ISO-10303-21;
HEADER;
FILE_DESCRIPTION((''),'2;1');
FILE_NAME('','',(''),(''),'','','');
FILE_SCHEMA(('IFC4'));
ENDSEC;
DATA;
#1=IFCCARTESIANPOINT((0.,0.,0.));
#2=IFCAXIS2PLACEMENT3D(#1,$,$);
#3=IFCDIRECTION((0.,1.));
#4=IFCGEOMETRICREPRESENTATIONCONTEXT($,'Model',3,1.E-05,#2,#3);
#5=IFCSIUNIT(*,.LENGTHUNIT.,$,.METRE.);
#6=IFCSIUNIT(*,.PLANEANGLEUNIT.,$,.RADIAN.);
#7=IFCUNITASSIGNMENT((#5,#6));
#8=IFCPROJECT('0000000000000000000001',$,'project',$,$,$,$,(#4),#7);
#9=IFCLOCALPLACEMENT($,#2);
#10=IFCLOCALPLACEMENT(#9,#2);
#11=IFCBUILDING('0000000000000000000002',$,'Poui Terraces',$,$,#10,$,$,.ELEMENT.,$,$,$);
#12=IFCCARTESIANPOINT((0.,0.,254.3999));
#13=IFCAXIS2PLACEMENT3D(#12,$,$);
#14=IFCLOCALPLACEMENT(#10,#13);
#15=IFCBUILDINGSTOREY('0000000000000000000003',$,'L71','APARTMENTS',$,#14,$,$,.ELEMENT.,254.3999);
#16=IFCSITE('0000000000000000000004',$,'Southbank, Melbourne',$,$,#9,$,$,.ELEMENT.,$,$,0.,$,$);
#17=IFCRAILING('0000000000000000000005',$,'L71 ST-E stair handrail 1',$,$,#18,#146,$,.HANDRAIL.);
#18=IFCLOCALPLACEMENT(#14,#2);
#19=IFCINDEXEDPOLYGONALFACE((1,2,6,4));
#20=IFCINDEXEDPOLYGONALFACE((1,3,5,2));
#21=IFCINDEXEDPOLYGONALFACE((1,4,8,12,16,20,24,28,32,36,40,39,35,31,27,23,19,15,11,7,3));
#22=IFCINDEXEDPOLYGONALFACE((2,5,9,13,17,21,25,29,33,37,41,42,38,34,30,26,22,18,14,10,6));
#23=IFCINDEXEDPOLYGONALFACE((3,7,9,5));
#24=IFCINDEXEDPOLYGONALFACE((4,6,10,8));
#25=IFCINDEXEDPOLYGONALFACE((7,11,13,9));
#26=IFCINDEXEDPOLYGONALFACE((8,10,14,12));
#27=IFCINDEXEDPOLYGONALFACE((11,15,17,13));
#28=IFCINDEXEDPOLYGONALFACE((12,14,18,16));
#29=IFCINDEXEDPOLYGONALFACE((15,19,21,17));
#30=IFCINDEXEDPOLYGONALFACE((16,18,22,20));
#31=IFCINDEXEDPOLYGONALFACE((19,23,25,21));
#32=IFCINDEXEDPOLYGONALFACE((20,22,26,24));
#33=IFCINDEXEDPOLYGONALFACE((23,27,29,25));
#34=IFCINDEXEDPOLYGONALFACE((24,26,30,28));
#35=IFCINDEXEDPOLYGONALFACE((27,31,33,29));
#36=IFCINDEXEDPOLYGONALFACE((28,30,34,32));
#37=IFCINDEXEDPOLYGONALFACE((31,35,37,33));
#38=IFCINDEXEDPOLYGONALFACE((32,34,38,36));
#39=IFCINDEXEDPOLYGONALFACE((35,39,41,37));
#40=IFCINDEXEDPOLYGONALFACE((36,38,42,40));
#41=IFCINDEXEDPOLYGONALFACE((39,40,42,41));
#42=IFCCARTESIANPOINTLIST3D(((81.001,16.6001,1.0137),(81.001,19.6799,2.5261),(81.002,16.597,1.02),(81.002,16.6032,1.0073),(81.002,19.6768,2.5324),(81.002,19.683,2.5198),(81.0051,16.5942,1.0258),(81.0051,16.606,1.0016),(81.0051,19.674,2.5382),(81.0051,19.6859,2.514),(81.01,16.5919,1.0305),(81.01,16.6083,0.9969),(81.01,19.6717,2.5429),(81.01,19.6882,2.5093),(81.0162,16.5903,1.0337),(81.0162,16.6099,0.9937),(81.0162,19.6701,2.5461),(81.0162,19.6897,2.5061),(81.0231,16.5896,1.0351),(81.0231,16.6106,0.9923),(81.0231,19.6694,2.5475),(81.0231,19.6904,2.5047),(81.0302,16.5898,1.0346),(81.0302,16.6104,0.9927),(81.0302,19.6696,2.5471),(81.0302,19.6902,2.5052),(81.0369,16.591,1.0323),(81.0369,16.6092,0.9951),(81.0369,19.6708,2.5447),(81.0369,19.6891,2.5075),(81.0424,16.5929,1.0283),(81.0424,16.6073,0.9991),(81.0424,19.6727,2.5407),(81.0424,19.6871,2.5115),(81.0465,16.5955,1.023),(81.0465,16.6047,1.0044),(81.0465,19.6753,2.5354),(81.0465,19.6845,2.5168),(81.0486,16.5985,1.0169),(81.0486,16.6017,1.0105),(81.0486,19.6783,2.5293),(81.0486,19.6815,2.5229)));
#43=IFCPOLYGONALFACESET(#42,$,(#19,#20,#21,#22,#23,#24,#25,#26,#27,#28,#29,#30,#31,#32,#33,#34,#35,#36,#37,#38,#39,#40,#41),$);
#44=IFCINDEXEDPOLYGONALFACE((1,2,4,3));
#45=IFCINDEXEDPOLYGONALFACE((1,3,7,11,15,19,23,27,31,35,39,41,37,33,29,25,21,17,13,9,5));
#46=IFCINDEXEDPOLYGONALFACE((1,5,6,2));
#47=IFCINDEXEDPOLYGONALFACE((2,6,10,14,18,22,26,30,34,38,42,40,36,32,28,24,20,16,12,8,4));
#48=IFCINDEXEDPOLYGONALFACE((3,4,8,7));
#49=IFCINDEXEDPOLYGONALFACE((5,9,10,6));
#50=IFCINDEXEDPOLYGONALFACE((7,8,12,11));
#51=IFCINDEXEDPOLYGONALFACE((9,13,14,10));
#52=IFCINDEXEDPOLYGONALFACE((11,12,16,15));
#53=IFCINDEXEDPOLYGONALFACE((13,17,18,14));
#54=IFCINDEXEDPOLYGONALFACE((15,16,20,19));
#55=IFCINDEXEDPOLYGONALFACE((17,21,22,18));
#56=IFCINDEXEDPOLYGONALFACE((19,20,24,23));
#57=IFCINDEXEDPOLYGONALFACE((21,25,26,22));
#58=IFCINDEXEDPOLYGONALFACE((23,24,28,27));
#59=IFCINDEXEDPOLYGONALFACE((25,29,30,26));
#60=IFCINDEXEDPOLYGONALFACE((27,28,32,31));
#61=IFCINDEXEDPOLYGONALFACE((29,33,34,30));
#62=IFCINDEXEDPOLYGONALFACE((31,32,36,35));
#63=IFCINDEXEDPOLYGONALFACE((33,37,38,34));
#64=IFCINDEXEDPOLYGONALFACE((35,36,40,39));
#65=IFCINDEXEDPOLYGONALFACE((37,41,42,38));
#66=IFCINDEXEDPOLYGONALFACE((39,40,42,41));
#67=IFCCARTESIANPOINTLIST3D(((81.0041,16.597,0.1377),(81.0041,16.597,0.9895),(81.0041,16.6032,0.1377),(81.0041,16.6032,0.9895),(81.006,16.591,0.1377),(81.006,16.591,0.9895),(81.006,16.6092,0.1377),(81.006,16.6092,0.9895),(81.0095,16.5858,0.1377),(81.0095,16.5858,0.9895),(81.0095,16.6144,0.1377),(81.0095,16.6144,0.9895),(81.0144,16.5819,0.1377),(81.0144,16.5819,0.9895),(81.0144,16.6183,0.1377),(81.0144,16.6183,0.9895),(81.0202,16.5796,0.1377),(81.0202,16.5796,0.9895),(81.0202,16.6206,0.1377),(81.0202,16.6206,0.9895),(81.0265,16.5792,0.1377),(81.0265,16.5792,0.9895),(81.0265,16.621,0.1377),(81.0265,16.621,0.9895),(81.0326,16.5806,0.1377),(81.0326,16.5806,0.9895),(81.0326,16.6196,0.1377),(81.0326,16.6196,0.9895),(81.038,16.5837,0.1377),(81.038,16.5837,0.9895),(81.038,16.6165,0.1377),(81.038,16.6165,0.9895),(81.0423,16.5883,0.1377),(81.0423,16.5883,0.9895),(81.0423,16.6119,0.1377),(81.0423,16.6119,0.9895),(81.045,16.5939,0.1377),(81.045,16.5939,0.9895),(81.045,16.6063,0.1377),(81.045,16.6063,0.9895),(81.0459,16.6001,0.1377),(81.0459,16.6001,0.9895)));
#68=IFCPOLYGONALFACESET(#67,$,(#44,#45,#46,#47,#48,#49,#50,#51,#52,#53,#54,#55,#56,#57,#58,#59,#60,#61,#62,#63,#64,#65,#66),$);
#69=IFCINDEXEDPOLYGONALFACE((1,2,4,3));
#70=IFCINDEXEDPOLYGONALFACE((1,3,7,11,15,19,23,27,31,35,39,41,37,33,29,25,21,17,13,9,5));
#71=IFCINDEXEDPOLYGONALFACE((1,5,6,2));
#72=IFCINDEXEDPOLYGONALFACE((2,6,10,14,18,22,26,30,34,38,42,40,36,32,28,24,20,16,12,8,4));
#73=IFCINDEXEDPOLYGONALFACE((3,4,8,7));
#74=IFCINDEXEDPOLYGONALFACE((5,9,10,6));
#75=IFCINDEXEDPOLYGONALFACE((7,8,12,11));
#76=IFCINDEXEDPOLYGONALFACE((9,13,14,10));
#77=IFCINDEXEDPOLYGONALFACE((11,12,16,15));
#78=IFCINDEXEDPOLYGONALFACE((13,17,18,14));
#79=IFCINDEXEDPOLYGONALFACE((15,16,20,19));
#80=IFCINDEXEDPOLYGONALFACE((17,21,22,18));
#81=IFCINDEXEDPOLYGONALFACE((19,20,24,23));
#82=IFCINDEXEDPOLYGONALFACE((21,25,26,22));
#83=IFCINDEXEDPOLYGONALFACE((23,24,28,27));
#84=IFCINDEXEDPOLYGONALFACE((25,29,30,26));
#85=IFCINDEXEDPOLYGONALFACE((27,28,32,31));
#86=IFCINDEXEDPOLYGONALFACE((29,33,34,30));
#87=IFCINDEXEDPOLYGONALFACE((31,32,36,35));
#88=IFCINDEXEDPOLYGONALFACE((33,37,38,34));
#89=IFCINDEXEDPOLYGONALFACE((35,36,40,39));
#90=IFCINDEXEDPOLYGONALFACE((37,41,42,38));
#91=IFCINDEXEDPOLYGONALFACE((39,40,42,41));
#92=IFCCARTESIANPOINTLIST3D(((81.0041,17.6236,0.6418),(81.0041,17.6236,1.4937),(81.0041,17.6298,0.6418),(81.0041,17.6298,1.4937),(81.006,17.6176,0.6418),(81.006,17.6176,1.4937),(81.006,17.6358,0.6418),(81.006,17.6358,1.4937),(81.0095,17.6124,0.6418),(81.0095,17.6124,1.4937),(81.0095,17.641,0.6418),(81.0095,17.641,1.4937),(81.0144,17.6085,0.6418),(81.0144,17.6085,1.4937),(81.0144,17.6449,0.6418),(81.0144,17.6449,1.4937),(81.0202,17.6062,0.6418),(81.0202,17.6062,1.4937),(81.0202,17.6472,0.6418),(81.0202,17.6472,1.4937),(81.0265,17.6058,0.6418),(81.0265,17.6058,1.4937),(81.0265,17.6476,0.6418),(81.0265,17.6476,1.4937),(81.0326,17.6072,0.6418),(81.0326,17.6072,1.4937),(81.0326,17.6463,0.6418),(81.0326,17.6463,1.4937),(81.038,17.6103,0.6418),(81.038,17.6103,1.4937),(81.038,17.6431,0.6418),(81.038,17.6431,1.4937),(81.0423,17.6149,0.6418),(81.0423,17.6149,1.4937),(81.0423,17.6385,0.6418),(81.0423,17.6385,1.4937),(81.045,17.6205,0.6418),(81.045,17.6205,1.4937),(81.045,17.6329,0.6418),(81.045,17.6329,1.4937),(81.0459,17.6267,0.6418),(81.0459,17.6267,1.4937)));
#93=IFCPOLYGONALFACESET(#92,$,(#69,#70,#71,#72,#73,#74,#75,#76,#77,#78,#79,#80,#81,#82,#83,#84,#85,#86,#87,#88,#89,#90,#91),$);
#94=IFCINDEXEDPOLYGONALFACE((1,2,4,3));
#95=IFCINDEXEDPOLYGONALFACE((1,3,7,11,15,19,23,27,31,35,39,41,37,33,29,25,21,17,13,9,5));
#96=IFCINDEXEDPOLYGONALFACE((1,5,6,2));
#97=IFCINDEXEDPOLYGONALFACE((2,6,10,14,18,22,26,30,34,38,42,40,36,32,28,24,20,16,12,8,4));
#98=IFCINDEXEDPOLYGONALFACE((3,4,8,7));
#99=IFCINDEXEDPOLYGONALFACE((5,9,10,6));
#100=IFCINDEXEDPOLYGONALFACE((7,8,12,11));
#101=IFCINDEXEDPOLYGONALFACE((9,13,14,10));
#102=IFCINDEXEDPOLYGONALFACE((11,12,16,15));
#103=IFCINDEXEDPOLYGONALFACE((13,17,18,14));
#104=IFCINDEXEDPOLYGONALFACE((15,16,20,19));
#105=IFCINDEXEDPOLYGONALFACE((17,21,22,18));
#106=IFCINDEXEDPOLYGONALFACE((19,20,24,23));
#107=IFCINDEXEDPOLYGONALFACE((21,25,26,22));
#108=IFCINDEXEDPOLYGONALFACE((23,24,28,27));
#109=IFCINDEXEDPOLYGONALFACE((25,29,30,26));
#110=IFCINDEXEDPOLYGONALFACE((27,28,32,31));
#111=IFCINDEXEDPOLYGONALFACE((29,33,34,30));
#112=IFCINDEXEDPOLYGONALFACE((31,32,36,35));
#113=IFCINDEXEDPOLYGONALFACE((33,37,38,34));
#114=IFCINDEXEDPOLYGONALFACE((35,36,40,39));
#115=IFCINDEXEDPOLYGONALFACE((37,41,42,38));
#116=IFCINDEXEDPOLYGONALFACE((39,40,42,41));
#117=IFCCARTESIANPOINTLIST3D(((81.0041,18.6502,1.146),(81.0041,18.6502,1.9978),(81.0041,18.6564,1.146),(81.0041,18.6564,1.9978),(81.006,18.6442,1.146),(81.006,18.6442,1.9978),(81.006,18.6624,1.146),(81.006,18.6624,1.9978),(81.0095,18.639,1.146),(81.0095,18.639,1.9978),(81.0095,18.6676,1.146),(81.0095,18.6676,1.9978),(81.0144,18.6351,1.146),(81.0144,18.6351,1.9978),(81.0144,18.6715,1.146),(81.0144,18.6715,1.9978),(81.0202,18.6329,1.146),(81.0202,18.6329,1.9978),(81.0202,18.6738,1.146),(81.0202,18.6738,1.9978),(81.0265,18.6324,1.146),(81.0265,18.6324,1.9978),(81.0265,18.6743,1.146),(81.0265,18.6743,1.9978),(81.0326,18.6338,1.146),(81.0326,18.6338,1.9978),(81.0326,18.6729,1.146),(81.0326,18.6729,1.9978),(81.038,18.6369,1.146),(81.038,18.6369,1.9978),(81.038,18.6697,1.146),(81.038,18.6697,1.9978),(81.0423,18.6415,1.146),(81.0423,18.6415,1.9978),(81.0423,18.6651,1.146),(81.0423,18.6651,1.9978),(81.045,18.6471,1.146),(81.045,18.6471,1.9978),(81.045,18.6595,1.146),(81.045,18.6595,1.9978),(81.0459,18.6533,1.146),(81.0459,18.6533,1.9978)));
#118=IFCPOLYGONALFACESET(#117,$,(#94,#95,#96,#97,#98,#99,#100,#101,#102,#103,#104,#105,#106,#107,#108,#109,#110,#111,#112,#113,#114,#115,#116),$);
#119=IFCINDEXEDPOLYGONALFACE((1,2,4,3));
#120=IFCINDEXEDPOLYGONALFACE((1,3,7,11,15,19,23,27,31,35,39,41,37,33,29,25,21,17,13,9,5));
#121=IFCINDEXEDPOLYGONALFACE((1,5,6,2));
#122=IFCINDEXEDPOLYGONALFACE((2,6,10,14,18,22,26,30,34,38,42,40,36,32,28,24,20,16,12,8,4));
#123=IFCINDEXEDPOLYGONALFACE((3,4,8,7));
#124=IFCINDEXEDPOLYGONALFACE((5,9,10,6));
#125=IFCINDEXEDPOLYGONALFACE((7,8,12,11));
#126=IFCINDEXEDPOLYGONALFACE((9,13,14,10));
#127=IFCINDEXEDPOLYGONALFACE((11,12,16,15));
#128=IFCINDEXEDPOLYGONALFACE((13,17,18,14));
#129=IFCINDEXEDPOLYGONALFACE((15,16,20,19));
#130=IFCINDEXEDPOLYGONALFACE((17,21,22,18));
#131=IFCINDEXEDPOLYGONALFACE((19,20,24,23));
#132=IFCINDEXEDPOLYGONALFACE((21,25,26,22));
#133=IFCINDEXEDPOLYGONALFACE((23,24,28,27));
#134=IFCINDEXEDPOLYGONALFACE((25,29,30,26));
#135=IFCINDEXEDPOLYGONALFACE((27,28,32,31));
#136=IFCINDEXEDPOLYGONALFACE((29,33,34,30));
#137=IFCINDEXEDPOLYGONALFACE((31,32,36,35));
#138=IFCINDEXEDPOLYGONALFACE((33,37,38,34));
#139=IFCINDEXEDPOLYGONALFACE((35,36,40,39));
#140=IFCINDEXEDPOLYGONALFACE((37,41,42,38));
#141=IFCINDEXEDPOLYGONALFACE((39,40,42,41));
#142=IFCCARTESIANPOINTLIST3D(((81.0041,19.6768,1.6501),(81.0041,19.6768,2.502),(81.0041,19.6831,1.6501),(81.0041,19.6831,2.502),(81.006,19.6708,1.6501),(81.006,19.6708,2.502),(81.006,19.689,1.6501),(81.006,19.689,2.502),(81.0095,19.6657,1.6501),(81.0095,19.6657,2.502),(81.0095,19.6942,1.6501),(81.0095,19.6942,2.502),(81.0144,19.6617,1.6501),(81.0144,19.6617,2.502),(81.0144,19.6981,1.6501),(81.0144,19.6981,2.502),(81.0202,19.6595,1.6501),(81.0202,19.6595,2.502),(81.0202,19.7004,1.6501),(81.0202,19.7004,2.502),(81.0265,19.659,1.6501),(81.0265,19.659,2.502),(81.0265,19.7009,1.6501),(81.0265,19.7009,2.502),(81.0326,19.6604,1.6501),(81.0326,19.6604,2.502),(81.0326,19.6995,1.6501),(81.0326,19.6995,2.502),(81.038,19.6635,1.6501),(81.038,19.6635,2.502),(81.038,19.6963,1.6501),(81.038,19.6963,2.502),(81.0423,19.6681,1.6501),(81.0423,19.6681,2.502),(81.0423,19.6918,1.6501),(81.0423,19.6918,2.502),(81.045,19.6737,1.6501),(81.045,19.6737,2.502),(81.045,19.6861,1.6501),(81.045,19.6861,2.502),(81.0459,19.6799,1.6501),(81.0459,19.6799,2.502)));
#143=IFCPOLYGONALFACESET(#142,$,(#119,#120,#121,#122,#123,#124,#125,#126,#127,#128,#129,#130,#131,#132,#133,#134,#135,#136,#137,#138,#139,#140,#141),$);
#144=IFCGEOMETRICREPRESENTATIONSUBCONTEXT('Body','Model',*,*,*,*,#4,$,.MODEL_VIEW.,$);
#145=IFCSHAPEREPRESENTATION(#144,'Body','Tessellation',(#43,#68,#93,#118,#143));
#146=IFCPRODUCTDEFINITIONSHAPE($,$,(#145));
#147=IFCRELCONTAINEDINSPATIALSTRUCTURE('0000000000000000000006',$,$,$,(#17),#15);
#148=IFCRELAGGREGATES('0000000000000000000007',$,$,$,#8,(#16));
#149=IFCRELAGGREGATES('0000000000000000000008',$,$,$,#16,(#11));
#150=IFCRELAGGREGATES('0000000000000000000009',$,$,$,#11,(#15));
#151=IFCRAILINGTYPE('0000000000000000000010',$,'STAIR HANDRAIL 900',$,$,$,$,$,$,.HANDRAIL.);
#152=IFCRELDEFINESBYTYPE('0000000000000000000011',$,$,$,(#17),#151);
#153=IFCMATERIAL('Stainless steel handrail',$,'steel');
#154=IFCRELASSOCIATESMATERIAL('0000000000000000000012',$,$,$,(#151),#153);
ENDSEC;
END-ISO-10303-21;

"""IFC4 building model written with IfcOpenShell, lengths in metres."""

from ifc_helpers import new_model, si_unit, direction, frame, origin, origin_2d, place, context, subcontext, project, spatial, circle, extrude, material, type_object, element, save


model = new_model("IFC4")

# Units and contexts
model_context = context("Model", 3, precision=1e-05, world=origin(), true_north=direction((0.0, 1.0)))
body_context = subcontext(model_context, "Body", "Model", "MODEL_VIEW")
ifc_project = project(units=[si_unit("LENGTHUNIT", "METRE"), si_unit("PLANEANGLEUNIT", "RADIAN")], contexts=[model_context])

# Site, building, storey
site_placement = place(None, origin())
site = spatial("IfcSite", under=ifc_project, at=site_placement, Name="Southbank, Melbourne", CompositionType="ELEMENT", RefElevation=0.0)
building_placement = place(site_placement, origin())
building = spatial("IfcBuilding", under=site, at=building_placement, Name="Poui Terraces", CompositionType="ELEMENT")
storey_placement = place(building_placement, frame((0.0, 0.0, 254.3999)))
storey = spatial("IfcBuildingStorey", under=building, at=storey_placement, Name="L71", Description="APARTMENTS", CompositionType="ELEMENT", Elevation=254.3999)

# Railing
ifc_material_1 = material(Name="Stainless steel handrail", Category="steel")
railing_type_1 = type_object("IfcRailingType", Name="STAIR HANDRAIL 900", PredefinedType="HANDRAIL", material=ifc_material_1)
railing_1_placement = place(storey_placement, frame((81.0249, 16.6001, 0.1377)))
element("IfcRailing", 1, at=railing_1_placement, inside=storey, type_object=railing_type_1, Name="L71 ST-E stair handrail 1", PredefinedType="HANDRAIL", context=body_context, shape_type="SweptSolid", body=[
    extrude(circle(Radius=0.0239, at=origin_2d()), frame((0.0, 0.0, 0.876), z_axis=(0.0, 0.897606, 0.440798), x_axis=(-1.0, 0.0, 0.0)), (0.0, 0.0, 1.0), 3.4312),
    extrude(circle(Radius=0.021, at=origin_2d()), origin(), (0.0, 0.0, 1.0), 0.8518),
    extrude(circle(Radius=0.021, at=origin_2d()), frame((0.0, 1.0266, 0.5042)), (0.0, 0.0, 1.0), 0.8518),
    extrude(circle(Radius=0.021, at=origin_2d()), frame((0.0, 2.0532, 1.0083)), (0.0, 0.0, 1.0), 0.8518),
    extrude(circle(Radius=0.021, at=origin_2d()), frame((0.0, 3.0798, 1.5125)), (0.0, 0.0, 1.0), 0.8518),
])

save(model, "model.ifc")
